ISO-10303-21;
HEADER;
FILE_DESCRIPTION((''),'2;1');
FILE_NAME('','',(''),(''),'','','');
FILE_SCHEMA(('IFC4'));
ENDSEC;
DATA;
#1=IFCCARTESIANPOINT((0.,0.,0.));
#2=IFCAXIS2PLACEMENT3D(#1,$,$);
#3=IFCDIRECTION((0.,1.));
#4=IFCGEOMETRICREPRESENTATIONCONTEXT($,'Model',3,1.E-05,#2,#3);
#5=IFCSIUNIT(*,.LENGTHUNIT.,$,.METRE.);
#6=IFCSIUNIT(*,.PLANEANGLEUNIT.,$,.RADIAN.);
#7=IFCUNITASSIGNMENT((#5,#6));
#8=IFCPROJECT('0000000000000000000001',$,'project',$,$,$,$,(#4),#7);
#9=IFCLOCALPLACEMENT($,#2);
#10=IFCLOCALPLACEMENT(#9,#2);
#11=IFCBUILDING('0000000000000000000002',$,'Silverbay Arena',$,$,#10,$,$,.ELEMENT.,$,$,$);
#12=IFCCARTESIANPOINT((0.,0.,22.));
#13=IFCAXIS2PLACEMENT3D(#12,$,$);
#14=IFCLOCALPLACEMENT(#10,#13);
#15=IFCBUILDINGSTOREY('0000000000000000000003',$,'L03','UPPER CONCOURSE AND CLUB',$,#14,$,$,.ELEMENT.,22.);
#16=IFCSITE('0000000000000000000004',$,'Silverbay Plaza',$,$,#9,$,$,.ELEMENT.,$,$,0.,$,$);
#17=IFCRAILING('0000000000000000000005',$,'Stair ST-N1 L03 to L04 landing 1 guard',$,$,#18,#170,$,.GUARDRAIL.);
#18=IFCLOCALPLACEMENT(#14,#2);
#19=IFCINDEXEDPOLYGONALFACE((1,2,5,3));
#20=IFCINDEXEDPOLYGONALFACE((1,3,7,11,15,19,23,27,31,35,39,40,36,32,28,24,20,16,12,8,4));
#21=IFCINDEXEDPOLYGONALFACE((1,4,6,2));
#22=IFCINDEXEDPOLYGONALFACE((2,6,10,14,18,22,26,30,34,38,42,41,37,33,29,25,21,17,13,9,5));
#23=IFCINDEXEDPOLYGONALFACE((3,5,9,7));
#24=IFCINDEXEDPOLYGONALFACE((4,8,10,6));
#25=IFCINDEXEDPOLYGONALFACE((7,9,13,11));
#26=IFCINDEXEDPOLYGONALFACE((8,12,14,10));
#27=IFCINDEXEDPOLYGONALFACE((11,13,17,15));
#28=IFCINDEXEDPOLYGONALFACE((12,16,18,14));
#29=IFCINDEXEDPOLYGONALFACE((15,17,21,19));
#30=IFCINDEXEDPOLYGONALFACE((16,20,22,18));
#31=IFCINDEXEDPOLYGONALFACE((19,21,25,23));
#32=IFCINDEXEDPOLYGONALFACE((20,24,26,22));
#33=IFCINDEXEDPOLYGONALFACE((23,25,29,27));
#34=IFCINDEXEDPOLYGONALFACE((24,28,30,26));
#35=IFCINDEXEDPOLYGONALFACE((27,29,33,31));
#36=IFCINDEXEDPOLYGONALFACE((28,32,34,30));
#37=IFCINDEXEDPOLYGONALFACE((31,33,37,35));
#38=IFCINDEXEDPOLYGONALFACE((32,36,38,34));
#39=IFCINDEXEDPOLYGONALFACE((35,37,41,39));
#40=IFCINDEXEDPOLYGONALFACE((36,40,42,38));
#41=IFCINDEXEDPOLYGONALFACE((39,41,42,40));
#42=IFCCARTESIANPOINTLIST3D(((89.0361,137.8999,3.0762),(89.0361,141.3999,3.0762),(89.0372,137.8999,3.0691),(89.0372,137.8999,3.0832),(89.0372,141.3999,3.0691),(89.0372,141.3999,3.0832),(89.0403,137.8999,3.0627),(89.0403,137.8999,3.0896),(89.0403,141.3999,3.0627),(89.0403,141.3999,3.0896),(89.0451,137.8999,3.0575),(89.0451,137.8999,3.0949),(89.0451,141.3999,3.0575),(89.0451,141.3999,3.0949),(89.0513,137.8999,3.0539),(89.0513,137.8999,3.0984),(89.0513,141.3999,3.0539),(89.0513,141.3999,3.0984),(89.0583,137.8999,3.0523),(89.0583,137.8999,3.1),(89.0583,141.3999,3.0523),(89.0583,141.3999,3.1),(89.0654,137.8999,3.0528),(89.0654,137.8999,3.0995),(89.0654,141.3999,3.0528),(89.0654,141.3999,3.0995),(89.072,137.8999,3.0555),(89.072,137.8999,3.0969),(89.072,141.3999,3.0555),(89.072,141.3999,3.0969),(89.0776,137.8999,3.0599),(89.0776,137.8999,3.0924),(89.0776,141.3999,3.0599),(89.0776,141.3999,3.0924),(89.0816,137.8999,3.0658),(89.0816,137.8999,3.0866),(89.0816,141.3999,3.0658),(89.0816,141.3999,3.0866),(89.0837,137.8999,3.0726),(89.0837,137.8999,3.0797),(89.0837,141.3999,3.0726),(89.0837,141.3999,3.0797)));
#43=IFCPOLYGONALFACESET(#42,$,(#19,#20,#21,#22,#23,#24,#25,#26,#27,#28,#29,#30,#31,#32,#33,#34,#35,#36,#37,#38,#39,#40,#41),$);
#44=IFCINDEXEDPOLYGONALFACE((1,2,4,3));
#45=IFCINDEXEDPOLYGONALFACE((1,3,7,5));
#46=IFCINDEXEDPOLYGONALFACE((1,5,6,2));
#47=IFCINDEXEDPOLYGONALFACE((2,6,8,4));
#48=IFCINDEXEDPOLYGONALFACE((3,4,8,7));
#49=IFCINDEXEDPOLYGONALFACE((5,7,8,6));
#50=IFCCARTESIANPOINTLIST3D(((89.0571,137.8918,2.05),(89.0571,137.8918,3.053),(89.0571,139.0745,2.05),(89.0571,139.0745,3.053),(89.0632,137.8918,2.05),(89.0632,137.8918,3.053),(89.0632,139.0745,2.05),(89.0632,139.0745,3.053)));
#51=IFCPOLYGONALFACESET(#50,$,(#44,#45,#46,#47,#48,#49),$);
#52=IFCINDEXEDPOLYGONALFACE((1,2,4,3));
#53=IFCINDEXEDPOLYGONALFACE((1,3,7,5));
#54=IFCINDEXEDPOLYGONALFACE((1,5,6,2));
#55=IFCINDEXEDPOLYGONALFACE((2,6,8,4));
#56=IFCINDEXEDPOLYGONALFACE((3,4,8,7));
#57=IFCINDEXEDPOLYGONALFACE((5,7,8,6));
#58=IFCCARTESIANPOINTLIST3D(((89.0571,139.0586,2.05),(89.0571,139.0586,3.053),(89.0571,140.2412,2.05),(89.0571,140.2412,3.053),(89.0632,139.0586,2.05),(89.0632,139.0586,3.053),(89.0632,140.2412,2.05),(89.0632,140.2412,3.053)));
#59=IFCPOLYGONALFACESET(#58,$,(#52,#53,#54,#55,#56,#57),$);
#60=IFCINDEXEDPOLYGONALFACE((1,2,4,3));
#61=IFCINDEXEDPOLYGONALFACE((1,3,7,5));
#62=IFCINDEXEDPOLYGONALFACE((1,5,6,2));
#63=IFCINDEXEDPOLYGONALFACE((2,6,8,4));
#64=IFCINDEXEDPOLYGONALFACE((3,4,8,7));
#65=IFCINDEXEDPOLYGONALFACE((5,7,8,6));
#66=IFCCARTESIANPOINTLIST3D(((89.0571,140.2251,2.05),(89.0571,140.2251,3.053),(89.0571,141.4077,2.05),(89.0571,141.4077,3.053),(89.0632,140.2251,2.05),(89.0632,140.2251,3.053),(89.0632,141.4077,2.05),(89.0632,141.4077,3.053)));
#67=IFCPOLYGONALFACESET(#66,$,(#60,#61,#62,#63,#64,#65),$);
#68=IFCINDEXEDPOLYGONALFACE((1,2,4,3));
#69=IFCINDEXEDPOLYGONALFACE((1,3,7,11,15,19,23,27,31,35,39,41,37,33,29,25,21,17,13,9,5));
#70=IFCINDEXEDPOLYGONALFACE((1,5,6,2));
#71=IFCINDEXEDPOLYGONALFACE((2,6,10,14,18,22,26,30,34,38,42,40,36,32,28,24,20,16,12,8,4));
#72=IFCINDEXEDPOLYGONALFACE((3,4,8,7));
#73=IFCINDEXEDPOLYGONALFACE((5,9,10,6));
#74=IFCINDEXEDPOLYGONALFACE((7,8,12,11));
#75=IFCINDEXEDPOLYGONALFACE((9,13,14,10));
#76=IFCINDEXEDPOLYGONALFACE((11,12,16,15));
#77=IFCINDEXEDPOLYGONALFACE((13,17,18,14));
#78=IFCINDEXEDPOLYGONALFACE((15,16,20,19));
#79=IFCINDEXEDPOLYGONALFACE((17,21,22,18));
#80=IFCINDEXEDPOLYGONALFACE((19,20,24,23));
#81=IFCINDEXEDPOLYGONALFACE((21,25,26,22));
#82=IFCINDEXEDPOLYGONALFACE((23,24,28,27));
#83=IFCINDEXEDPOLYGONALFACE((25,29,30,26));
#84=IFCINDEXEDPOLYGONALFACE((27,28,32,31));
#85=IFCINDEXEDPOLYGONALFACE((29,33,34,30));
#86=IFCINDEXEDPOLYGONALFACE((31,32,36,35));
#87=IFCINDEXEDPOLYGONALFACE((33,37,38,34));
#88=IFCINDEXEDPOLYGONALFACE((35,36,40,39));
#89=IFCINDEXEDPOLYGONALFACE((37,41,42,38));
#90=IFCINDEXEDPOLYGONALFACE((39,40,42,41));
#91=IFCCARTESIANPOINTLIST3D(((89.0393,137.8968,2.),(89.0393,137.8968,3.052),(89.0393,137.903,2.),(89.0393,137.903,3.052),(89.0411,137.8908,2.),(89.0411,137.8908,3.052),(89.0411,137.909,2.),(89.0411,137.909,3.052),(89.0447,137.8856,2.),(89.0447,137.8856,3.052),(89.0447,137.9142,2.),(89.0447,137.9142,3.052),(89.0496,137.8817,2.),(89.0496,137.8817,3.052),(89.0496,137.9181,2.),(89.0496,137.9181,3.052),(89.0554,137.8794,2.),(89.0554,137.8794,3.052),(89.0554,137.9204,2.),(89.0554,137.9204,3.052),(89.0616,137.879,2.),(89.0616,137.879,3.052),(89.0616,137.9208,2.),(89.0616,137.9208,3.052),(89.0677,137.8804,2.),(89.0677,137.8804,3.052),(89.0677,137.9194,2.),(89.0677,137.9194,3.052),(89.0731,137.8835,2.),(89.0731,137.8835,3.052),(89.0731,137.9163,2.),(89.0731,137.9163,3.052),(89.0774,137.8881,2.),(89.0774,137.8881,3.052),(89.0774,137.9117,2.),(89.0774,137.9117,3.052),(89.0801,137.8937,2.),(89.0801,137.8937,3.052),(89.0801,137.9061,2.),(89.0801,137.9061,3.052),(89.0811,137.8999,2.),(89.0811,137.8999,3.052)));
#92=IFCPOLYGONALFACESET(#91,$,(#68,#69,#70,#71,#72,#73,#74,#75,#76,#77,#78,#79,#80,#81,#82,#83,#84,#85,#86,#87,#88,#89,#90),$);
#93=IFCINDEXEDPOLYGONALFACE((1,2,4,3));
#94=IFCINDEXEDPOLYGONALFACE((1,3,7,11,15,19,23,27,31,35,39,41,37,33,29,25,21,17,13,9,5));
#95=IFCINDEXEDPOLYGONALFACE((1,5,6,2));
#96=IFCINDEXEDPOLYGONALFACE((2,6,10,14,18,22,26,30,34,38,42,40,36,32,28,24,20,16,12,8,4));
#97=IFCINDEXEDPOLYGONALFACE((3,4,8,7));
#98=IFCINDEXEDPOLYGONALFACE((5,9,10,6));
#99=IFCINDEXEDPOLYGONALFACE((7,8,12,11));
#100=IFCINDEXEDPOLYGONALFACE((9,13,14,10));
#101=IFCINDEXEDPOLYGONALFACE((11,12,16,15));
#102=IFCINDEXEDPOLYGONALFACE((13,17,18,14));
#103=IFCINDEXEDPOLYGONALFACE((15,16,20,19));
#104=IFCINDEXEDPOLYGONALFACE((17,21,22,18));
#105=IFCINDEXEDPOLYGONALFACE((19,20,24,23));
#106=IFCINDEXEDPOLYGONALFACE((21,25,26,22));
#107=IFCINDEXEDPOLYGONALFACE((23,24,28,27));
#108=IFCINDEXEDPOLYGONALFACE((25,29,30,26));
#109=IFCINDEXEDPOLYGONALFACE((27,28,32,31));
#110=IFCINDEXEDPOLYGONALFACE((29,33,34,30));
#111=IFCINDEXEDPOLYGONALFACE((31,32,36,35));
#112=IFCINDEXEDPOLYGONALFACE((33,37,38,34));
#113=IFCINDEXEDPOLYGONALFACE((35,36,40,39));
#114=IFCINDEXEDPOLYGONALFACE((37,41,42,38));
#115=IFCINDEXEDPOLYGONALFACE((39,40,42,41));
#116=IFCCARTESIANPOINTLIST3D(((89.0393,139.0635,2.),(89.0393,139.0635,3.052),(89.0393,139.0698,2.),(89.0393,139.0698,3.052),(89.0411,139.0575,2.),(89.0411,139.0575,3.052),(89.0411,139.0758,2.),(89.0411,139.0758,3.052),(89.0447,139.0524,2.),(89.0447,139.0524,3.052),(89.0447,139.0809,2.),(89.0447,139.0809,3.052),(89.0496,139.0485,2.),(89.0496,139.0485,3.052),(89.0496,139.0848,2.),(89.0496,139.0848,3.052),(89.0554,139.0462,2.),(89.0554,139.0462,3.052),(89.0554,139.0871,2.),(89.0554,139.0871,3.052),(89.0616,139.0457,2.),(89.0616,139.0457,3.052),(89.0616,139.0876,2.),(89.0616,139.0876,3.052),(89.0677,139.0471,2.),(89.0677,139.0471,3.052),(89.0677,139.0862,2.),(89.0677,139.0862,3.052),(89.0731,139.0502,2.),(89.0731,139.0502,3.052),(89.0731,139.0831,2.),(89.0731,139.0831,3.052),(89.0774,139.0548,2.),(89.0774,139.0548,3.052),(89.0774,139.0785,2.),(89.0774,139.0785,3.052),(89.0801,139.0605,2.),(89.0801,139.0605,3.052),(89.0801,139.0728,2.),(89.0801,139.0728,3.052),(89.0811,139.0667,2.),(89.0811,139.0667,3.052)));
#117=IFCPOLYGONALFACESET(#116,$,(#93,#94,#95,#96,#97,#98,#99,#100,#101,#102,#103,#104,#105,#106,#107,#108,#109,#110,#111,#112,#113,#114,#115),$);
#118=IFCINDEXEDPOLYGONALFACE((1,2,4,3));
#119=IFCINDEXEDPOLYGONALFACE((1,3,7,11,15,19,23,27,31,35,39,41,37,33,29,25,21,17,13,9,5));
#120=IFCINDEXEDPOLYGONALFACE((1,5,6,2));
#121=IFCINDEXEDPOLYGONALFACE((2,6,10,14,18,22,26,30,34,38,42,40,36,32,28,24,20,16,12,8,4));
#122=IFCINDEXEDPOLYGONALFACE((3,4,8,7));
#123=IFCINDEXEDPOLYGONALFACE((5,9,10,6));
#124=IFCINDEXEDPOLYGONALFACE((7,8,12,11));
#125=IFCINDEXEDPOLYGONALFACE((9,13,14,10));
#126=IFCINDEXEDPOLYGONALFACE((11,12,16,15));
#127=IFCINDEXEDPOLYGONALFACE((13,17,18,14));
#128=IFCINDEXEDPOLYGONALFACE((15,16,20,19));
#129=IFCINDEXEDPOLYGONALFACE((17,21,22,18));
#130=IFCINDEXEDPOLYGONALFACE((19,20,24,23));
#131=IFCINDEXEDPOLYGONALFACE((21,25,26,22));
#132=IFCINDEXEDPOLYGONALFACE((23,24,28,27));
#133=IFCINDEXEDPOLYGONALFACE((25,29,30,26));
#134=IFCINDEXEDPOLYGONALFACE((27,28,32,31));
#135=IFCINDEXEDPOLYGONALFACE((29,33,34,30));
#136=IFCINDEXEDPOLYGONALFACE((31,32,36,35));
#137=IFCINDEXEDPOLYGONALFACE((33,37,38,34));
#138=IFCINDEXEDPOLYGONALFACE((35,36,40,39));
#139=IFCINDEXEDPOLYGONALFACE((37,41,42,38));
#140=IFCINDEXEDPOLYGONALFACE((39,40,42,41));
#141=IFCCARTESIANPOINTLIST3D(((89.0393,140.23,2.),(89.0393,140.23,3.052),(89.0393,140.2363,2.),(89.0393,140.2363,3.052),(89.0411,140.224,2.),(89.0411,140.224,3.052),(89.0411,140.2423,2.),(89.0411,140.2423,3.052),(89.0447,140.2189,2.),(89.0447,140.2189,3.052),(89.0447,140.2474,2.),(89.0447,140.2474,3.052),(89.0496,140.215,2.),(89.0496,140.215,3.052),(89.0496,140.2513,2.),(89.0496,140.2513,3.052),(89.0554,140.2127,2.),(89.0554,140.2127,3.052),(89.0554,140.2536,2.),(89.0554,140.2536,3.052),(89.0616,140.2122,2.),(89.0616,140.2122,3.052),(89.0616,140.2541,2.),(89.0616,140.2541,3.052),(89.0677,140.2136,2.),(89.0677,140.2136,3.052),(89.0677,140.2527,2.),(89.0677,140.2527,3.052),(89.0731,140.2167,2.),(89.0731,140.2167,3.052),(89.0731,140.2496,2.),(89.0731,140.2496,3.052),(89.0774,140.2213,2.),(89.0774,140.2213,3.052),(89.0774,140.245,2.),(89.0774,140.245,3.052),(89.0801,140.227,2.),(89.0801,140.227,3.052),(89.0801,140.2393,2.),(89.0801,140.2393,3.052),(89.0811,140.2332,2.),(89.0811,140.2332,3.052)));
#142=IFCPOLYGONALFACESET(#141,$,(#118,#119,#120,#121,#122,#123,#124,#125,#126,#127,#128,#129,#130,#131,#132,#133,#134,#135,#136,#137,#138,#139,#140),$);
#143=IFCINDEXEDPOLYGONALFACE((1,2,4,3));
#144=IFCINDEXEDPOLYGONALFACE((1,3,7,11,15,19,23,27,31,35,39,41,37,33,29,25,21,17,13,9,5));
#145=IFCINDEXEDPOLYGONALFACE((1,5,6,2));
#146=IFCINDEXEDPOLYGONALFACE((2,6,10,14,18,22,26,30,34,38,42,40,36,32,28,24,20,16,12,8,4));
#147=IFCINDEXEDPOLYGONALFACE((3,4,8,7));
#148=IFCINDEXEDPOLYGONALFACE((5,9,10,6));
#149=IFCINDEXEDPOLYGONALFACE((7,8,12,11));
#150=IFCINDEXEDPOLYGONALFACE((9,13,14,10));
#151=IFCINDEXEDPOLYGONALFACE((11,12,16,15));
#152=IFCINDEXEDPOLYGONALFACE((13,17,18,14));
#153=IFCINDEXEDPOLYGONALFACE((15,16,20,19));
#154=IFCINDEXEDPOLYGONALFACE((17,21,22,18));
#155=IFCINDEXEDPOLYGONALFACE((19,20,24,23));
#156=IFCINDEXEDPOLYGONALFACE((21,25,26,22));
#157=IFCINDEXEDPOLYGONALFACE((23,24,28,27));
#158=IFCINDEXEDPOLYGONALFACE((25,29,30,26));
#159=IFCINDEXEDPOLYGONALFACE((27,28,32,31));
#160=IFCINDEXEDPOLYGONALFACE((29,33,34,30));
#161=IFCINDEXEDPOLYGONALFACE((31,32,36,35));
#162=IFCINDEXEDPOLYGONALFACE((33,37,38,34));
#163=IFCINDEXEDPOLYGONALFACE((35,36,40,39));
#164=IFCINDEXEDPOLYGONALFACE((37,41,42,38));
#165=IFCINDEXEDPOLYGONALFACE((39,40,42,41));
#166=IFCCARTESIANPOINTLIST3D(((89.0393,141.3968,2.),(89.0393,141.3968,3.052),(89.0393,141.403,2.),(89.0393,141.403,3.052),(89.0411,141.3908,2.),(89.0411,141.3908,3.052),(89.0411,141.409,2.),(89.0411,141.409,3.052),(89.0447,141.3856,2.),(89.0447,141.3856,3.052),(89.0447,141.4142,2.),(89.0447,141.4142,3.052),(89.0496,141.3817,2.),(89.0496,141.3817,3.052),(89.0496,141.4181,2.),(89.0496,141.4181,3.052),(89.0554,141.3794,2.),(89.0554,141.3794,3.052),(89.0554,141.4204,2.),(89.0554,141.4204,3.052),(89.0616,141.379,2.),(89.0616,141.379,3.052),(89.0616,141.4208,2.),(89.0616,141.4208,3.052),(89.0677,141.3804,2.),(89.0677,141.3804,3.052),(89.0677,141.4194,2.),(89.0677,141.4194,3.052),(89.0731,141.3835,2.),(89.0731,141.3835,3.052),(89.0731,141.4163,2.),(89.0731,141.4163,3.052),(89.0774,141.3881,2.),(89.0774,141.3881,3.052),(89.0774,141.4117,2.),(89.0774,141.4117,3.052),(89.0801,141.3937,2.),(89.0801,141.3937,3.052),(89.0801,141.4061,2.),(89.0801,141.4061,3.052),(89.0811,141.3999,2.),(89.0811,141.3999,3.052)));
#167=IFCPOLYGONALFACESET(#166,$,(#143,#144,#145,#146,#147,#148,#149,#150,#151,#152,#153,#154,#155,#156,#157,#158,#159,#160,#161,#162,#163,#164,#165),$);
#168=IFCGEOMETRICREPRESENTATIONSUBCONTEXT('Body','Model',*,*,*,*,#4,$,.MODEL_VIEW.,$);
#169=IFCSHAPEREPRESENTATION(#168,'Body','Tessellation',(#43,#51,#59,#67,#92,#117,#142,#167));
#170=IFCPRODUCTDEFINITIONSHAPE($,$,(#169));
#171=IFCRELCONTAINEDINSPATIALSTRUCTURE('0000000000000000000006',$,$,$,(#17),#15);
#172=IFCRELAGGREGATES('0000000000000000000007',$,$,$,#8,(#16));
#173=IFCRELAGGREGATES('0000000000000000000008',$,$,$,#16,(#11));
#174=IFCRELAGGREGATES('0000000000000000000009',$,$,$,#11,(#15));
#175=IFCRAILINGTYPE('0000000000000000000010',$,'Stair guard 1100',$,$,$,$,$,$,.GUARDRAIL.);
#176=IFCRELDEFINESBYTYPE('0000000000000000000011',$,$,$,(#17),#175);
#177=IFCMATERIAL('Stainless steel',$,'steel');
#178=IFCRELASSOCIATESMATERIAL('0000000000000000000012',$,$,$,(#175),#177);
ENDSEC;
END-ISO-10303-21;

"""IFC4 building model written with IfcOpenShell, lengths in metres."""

from ifc_helpers import new_model, si_unit, direction, frame, origin, origin_2d, place, context, subcontext, project, spatial, polyline, circle, outline, extrude, material, type_object, element, save


model = new_model("IFC4")

# Units and contexts
model_context = context("Model", 3, precision=1e-05, world=origin(), true_north=direction((0.0, 1.0)))
body_context = subcontext(model_context, "Body", "Model", "MODEL_VIEW")
ifc_project = project(units=[si_unit("LENGTHUNIT", "METRE"), si_unit("PLANEANGLEUNIT", "RADIAN")], contexts=[model_context])

# Site, building, storey
site_placement = place(None, origin())
site = spatial("IfcSite", under=ifc_project, at=site_placement, Name="Silverbay Plaza", CompositionType="ELEMENT", RefElevation=0.0)
building_placement = place(site_placement, origin())
building = spatial("IfcBuilding", under=site, at=building_placement, Name="Silverbay Arena", CompositionType="ELEMENT")
storey_placement = place(building_placement, frame((0.0, 0.0, 22.0)))
storey = spatial("IfcBuildingStorey", under=building, at=storey_placement, Name="L03", Description="UPPER CONCOURSE AND CLUB", CompositionType="ELEMENT", Elevation=22.0)

# Railing
ifc_material_1 = material(Name="Stainless steel", Category="steel")
railing_type_1 = type_object("IfcRailingType", Name="Stair guard 1100", PredefinedType="GUARDRAIL", material=ifc_material_1)
for number, where, name in (
    (1, (89.0601, 137.8999, 2.0), "Stair ST-N1 L03 to L04 landing 1 guard"),
):
    element("IfcRailing", number, at=place(storey_placement, frame(where)), inside=storey, type_object=railing_type_1, Name=name, PredefinedType="GUARDRAIL", context=body_context, shape_type="SweptSolid", body=[
        extrude(circle(Radius=0.0239, at=origin_2d()), frame((0.0, 0.0, 1.0762), z_axis=(0.0, 1.0, 0.0), x_axis=(-1.0, 0.0, 0.0)), (0.0, 0.0, 1.0), 3.5),
        extrude(outline(polyline([(-0.0081, 0.05), (1.1746, 0.05), (1.1746, 1.053), (-0.0081, 1.053), (-0.0081, 0.05)])), frame((-0.0029, 0.0, 0.0), z_axis=(1.0, 0.0, 0.0), x_axis=(0.0, 1.0, 0.0)), (0.0, 0.0, 1.0), 0.0061),
        extrude(outline(polyline([(-0.0081, 0.05), (1.1746, 0.05), (1.1746, 1.053), (-0.0081, 1.053), (-0.0081, 0.05)])), frame((-0.0029, 1.1667, 0.0), z_axis=(1.0, 0.0, 0.0), x_axis=(0.0, 1.0, 0.0)), (0.0, 0.0, 1.0), 0.0061),
        extrude(outline(polyline([(-0.0081, 0.05), (1.1746, 0.05), (1.1746, 1.053), (-0.0081, 1.053), (-0.0081, 0.05)])), frame((-0.0029, 2.3333, 0.0), z_axis=(1.0, 0.0, 0.0), x_axis=(0.0, 1.0, 0.0)), (0.0, 0.0, 1.0), 0.0061),
        extrude(circle(Radius=0.021, at=origin_2d()), origin(), (0.0, 0.0, 1.0), 1.052),
        extrude(circle(Radius=0.021, at=origin_2d()), frame((0.0, 1.1667, 0.0)), (0.0, 0.0, 1.0), 1.052),
        extrude(circle(Radius=0.021, at=origin_2d()), frame((0.0, 2.3333, 0.0)), (0.0, 0.0, 1.0), 1.052),
        extrude(circle(Radius=0.021, at=origin_2d()), frame((0.0, 3.5, 0.0)), (0.0, 0.0, 1.0), 1.052),
    ])

save(model, "model.ifc")
